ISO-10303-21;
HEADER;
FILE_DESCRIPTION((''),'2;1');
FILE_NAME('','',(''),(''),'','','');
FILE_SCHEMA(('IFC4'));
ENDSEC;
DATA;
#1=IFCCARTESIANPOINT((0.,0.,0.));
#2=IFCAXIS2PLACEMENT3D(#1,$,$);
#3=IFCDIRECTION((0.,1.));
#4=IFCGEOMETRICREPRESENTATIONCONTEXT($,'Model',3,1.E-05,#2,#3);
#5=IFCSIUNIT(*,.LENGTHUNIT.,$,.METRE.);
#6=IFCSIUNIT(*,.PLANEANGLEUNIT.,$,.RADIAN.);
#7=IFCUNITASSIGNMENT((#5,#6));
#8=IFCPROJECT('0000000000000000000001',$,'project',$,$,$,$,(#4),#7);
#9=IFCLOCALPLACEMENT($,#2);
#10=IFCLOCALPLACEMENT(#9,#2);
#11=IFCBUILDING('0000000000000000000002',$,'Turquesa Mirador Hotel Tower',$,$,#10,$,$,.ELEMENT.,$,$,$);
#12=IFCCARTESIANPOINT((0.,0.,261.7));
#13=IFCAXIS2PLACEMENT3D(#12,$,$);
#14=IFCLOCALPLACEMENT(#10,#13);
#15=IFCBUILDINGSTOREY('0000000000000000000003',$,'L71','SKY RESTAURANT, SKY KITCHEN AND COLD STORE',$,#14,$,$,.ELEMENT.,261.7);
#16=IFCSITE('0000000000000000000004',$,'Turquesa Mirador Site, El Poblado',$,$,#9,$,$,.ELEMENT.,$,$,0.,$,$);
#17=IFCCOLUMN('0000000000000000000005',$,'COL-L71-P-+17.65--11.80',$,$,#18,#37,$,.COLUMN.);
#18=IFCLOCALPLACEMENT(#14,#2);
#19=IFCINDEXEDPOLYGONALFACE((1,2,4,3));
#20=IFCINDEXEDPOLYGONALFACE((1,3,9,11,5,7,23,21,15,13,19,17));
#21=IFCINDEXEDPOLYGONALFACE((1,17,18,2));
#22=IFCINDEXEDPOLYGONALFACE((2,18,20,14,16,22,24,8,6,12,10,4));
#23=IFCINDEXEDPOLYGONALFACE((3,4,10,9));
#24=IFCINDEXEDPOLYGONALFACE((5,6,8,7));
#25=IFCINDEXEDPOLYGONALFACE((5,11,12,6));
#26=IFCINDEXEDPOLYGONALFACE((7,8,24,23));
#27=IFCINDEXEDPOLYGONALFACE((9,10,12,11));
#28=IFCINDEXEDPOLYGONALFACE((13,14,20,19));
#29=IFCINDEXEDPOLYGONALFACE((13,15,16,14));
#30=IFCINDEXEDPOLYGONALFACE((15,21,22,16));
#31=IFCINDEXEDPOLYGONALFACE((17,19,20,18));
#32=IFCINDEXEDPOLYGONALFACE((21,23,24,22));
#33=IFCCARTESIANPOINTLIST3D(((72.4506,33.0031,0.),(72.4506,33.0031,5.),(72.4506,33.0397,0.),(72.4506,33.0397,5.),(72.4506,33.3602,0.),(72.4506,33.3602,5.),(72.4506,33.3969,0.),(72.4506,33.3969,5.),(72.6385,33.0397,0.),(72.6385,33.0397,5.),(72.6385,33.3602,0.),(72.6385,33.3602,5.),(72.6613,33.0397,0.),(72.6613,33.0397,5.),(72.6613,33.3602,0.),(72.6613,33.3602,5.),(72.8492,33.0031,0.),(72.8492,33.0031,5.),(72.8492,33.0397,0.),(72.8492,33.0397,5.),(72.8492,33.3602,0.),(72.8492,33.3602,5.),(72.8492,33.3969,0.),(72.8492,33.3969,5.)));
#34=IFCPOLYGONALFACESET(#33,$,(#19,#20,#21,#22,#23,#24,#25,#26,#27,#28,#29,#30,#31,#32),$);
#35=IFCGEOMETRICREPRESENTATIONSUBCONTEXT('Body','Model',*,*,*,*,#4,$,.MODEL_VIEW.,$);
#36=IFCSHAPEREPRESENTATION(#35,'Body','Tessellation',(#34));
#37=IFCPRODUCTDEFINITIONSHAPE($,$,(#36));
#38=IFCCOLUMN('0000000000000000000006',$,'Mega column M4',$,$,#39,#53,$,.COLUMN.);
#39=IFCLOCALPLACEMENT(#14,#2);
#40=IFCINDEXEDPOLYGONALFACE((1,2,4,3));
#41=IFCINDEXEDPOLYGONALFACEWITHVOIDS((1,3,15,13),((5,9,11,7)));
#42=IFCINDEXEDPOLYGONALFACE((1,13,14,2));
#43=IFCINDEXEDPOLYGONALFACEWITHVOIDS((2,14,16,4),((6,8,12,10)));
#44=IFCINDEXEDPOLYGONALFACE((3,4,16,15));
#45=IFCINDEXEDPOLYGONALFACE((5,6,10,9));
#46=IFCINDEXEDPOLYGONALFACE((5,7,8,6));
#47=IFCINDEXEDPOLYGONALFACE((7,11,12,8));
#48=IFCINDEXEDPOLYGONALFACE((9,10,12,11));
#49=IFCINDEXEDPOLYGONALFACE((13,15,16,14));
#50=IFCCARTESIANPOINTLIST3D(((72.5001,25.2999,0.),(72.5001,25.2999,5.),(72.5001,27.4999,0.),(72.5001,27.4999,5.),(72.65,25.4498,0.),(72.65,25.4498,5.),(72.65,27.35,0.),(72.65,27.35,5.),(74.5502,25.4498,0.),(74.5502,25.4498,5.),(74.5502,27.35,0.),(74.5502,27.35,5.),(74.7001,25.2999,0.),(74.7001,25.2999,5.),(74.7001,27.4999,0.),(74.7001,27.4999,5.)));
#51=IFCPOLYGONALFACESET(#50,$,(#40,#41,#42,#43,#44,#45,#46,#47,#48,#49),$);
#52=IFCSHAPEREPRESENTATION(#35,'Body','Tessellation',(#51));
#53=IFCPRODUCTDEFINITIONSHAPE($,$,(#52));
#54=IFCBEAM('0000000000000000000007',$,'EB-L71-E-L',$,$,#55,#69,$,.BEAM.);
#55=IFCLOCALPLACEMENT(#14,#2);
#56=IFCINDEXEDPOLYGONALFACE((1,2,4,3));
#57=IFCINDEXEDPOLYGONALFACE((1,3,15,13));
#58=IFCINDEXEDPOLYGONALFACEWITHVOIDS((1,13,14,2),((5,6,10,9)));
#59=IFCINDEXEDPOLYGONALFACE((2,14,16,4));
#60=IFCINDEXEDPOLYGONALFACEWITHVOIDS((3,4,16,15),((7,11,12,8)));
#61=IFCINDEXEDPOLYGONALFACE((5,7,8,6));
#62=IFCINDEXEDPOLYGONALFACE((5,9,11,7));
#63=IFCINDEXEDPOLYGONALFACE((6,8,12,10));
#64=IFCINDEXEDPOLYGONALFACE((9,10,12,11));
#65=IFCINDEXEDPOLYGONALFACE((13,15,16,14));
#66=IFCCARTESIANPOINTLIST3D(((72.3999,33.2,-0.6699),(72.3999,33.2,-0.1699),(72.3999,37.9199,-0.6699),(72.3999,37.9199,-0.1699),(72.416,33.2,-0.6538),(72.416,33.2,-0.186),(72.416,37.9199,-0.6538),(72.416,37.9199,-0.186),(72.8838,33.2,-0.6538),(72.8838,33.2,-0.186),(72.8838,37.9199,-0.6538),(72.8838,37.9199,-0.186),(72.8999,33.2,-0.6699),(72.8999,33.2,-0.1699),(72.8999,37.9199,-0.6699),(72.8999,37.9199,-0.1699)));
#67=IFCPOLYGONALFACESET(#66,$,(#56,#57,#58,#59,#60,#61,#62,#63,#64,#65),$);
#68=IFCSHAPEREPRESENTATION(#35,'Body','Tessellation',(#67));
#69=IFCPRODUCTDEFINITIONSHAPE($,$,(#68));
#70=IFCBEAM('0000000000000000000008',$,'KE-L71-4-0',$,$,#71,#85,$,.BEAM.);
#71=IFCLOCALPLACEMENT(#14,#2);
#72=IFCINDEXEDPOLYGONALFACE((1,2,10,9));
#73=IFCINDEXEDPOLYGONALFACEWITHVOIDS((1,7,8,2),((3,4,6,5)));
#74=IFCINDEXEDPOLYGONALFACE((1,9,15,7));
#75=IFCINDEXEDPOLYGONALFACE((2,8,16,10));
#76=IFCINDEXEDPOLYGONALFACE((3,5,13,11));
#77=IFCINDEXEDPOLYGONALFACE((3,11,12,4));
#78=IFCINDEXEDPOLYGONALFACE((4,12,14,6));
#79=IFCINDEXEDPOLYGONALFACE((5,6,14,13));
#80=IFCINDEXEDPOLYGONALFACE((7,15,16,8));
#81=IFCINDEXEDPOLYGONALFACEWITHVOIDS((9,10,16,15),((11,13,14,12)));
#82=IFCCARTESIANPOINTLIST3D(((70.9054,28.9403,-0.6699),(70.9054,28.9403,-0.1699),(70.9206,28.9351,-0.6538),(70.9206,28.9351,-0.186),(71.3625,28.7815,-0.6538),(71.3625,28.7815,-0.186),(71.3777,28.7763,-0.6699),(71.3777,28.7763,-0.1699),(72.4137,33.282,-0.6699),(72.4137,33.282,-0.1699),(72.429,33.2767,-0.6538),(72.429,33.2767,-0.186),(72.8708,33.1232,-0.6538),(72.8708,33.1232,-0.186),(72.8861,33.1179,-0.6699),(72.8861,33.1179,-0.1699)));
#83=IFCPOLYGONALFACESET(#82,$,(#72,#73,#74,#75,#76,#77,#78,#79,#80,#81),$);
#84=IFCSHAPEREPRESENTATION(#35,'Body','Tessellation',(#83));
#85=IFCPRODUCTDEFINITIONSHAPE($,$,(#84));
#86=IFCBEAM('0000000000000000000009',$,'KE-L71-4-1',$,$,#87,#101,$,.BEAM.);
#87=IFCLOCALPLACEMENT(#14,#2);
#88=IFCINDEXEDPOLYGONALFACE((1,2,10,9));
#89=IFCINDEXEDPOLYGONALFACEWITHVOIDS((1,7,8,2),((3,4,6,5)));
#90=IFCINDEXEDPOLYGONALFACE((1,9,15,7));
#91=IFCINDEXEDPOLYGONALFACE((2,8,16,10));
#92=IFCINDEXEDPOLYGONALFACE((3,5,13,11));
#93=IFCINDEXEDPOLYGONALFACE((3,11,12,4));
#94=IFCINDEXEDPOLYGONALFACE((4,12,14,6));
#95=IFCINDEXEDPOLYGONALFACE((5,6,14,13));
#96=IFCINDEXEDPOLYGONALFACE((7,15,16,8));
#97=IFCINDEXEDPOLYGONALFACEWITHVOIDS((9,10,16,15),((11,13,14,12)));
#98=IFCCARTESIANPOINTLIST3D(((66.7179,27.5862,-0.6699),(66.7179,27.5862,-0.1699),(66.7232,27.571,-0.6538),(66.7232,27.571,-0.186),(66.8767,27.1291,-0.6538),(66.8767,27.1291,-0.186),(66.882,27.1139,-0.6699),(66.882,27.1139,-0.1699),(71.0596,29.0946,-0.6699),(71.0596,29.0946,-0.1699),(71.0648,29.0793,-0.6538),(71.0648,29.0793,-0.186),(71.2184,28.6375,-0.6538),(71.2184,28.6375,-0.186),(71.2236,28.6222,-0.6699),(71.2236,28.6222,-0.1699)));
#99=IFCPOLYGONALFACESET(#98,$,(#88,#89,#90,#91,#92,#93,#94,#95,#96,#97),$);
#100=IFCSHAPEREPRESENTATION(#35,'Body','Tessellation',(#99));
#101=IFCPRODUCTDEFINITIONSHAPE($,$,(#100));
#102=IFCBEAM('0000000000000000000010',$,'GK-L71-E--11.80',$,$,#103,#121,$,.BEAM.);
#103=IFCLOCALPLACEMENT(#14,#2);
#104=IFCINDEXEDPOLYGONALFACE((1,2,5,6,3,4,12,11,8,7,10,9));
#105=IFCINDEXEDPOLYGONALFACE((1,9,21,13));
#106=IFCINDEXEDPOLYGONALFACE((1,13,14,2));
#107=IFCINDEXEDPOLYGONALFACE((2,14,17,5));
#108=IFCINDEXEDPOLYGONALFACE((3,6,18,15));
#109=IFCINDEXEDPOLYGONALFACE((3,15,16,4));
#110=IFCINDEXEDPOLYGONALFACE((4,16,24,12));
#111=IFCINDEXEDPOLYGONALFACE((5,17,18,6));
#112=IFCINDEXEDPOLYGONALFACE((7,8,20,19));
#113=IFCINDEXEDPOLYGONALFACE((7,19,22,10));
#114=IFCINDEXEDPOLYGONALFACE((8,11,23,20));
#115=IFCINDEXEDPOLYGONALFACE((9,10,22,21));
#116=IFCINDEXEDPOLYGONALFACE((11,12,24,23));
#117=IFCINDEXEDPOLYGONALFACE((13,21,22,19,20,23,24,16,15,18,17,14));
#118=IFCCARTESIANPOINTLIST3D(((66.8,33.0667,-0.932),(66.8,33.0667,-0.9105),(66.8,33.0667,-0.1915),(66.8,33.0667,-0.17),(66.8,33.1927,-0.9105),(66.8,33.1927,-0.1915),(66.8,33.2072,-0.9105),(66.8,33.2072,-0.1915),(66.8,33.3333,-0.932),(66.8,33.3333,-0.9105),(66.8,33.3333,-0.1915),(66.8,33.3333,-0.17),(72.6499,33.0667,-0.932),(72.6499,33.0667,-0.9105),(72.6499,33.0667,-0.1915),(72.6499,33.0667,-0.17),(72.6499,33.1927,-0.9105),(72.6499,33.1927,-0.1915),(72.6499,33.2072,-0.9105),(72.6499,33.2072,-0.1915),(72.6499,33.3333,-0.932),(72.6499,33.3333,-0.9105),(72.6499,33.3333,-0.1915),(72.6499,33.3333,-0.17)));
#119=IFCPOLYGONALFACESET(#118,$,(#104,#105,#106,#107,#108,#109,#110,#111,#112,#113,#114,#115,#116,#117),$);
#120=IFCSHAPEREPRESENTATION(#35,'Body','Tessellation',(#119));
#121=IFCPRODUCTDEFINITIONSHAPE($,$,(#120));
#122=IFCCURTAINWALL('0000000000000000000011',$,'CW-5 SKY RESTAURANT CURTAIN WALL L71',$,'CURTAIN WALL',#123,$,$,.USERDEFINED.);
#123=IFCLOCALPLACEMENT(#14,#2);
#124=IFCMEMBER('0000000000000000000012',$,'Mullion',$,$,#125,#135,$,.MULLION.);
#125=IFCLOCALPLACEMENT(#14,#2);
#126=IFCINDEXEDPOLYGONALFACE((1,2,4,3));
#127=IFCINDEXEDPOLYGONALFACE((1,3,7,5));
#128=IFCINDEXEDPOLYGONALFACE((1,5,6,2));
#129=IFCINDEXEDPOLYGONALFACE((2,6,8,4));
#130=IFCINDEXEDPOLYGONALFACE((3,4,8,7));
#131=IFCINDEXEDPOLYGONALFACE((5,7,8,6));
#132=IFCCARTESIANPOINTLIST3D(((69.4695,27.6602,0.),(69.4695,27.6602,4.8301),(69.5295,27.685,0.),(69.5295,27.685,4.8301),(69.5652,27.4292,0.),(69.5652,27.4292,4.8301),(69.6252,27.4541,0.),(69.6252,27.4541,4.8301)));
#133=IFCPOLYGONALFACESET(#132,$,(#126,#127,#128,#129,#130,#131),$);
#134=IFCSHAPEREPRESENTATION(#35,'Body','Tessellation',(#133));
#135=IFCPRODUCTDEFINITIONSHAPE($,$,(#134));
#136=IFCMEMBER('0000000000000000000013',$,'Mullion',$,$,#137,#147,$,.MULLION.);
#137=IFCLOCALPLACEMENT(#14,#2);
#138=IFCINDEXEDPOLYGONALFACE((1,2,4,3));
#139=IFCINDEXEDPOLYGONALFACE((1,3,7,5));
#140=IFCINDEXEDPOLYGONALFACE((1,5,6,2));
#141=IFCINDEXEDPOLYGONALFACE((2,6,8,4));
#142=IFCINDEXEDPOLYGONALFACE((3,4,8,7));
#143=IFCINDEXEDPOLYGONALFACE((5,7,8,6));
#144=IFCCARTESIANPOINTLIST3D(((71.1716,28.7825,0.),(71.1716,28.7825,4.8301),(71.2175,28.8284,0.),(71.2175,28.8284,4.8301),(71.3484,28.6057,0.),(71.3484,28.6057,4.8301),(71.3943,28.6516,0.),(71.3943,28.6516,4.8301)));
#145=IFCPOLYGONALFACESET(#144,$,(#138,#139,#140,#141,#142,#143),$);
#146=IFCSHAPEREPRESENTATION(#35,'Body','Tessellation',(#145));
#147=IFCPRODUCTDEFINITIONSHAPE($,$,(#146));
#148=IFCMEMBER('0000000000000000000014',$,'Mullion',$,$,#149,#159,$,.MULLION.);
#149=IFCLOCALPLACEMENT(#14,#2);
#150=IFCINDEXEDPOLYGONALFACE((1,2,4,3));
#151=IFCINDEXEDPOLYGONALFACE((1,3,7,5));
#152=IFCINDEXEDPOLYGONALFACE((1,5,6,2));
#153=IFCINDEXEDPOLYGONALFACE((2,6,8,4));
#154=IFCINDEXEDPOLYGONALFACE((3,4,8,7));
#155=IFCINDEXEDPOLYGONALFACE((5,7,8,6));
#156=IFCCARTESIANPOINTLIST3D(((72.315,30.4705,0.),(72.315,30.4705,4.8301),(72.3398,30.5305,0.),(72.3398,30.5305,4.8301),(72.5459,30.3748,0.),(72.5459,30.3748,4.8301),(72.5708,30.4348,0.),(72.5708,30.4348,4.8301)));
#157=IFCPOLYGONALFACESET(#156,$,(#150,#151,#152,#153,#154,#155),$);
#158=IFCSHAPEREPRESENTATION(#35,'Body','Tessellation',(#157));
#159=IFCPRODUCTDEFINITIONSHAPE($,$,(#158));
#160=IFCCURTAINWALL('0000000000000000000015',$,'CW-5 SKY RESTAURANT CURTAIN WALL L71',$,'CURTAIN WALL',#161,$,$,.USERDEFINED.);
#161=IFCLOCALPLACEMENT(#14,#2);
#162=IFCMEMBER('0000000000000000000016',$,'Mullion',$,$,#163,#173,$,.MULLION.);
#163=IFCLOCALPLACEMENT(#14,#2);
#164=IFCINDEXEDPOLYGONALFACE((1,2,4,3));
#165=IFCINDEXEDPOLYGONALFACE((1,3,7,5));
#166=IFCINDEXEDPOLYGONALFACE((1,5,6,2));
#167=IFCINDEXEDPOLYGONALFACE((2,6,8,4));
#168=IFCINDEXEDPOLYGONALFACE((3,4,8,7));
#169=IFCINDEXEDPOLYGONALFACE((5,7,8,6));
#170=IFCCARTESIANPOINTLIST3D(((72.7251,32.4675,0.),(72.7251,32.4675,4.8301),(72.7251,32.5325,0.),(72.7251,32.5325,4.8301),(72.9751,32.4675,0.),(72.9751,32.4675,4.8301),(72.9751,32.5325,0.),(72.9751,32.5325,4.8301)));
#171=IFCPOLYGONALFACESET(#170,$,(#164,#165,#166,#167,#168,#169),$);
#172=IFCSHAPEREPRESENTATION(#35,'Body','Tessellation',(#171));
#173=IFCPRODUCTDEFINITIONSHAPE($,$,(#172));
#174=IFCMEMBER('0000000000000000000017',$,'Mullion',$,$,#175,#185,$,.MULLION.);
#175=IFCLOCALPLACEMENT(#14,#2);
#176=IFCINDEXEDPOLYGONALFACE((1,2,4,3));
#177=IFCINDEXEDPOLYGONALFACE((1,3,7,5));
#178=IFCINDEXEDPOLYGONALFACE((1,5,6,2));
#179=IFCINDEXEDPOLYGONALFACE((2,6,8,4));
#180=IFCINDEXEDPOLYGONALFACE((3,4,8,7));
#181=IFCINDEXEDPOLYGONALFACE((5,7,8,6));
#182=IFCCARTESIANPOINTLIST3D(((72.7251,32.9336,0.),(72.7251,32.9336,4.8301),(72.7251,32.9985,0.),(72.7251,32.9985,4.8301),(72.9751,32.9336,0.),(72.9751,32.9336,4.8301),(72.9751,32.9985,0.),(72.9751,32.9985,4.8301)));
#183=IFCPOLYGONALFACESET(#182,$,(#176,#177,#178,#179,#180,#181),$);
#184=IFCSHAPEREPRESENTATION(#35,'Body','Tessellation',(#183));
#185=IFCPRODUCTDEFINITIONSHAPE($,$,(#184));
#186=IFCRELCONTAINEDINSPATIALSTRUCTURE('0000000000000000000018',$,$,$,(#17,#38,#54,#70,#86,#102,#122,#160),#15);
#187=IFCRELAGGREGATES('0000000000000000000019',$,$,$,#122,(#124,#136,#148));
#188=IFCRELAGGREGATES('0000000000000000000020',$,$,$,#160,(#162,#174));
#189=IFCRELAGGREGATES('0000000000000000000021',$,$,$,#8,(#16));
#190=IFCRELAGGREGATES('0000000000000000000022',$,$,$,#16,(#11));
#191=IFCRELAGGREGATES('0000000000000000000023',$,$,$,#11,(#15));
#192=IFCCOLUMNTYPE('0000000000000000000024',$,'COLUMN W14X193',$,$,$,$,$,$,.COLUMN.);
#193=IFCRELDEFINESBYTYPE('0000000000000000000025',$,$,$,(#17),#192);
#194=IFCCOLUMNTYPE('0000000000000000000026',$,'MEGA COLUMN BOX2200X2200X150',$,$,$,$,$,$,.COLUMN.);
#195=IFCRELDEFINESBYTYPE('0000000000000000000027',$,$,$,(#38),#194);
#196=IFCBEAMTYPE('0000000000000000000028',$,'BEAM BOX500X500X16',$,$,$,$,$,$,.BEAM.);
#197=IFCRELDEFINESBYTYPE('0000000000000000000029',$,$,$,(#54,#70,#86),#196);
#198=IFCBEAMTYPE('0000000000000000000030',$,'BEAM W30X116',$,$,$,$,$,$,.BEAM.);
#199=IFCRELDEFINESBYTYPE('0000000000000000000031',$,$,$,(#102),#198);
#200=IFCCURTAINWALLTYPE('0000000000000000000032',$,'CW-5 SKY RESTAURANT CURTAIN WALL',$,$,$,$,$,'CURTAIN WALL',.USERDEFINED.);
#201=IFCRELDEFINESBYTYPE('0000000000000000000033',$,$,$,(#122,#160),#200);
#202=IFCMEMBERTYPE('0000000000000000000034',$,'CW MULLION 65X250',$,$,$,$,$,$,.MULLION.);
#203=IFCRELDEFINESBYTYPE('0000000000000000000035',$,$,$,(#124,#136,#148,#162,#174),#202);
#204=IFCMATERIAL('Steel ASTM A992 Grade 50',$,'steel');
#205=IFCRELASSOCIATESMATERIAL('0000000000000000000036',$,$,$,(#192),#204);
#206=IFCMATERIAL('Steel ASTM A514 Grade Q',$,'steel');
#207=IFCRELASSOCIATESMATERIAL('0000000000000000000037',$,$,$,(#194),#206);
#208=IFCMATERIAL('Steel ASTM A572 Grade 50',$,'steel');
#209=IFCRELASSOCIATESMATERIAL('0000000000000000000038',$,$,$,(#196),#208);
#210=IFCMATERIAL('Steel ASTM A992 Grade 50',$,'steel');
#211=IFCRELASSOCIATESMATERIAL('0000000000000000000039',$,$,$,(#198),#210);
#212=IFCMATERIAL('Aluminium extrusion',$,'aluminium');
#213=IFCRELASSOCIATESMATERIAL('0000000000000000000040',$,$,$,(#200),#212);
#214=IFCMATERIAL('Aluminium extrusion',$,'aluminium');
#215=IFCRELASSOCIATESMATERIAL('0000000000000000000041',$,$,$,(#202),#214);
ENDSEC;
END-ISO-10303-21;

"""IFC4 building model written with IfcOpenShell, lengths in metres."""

from ifc_helpers import new_model, si_unit, direction, frame, origin, origin_2d, place, context, subcontext, project, spatial, rectangle, hollow_rectangle, i_section, extrude, material, material_profile, profile_set, type_object, element, aggregate, save


model = new_model("IFC4")

# Units and contexts
model_context = context("Model", 3, precision=1e-05, world=origin(), true_north=direction((0.0, 1.0)))
body_context = subcontext(model_context, "Body", "Model", "MODEL_VIEW")
ifc_project = project(units=[si_unit("LENGTHUNIT", "METRE"), si_unit("PLANEANGLEUNIT", "RADIAN")], contexts=[model_context])

# Site, building, storey
site_placement = place(None, origin())
site = spatial("IfcSite", under=ifc_project, at=site_placement, Name="Turquesa Mirador Site, El Poblado", CompositionType="ELEMENT", RefElevation=0.0)
building_placement = place(site_placement, origin())
building = spatial("IfcBuilding", under=site, at=building_placement, Name="Turquesa Mirador Hotel Tower", CompositionType="ELEMENT")
storey_placement = place(building_placement, frame((0.0, 0.0, 261.7)))
storey = spatial("IfcBuildingStorey", under=building, at=storey_placement, Name="L71", Description="SKY RESTAURANT, SKY KITCHEN AND COLD STORE", CompositionType="ELEMENT", Elevation=261.7)

# Columns
ifc_material_1 = material(Name="Steel ASTM A992 Grade 50", Category="steel")
ifc_material_profile_1 = material_profile(ifc_material_1, i_section(OverallWidth=0.3987, OverallDepth=0.3938, WebThickness=0.0227, FlangeThickness=0.0366, at=origin_2d()), Name="W14X193")
ifc_profile_set_1 = profile_set([ifc_material_profile_1], Name="Steel ASTM A992 Grade 50")
column_type_1 = type_object("IfcColumnType", Name="COLUMN W14X193", PredefinedType="COLUMN", material=ifc_profile_set_1)
column_1_placement = place(storey_placement, frame((72.6499, 33.2, 0.0), z_axis=(0.0, 0.0, 1.0), x_axis=(1.0, 0.0, 0.0)))
element("IfcColumn", 1, at=column_1_placement, inside=storey, type_object=column_type_1, Name="COL-L71-P-+17.65--11.80", PredefinedType="COLUMN", context=body_context, shape_type="SweptSolid", body=[
    extrude(i_section(OverallWidth=0.3987, OverallDepth=0.3938, WebThickness=0.0227, FlangeThickness=0.0366, at=origin_2d()), origin(), (0.0, 0.0, 1.0), 5.0),
])
ifc_material_2 = material(Name="Steel ASTM A514 Grade Q", Category="steel")
ifc_material_profile_2 = material_profile(ifc_material_2, hollow_rectangle(XDim=2.2, YDim=2.2, WallThickness=0.1499, at=origin_2d()), Name="BOX2200X2200X150")
ifc_profile_set_2 = profile_set([ifc_material_profile_2], Name="Steel ASTM A514 Grade Q")
column_type_2 = type_object("IfcColumnType", Name="MEGA COLUMN BOX2200X2200X150", PredefinedType="COLUMN", material=ifc_profile_set_2)
column_2_placement = place(storey_placement, frame((73.6001, 26.3999, 0.0), z_axis=(0.0, 0.0, 1.0), x_axis=(1.0, 0.0, 0.0)))
element("IfcColumn", 2, at=column_2_placement, inside=storey, type_object=column_type_2, Name="Mega column M4", PredefinedType="COLUMN", context=body_context, shape_type="SweptSolid", body=[
    extrude(hollow_rectangle(XDim=2.2, YDim=2.2, WallThickness=0.1499, at=origin_2d()), origin(), (0.0, 0.0, 1.0), 5.0),
])

# Beams
ifc_material_3 = material(Name="Steel ASTM A572 Grade 50", Category="steel")
ifc_material_profile_3 = material_profile(ifc_material_3, hollow_rectangle(XDim=0.5, YDim=0.5, WallThickness=0.0161, at=origin_2d()), Name="BOX500X500X16")
ifc_profile_set_3 = profile_set([ifc_material_profile_3], Name="Steel ASTM A572 Grade 50")
beam_type_1 = type_object("IfcBeamType", Name="BEAM BOX500X500X16", PredefinedType="BEAM", material=ifc_profile_set_3)
beam_1_placement = place(storey_placement, frame((72.6499, 33.2, -0.4199), z_axis=(0.0, 1.0, 0.0), x_axis=(-1.0, 0.0, 0.0)))
element("IfcBeam", 3, at=beam_1_placement, inside=storey, type_object=beam_type_1, Name="EB-L71-E-L", PredefinedType="BEAM", context=body_context, shape_type="SweptSolid", body=[
    extrude(hollow_rectangle(XDim=0.5, YDim=0.5, WallThickness=0.0161, at=origin_2d()), origin(), (0.0, 0.0, 1.0), 4.72),
])
for number, where, z_axis, x_axis, name in (
    (4, (72.6499, 33.2, -0.4199), (-0.32817, -0.944619, 0.0), (0.944619, -0.32817, 0.0), "KE-L71-4-0"),
    (5, (71.1416, 28.8584, -0.4199), (-0.944619, -0.32817, 0.0), (0.32817, -0.944619, 0.0), "KE-L71-4-1"),
):
    element("IfcBeam", number, at=place(storey_placement, frame(where, z_axis=z_axis, x_axis=x_axis)), inside=storey, type_object=beam_type_1, Name=name, PredefinedType="BEAM", context=body_context, shape_type="SweptSolid", body=[
        extrude(hollow_rectangle(XDim=0.5, YDim=0.5, WallThickness=0.0161, at=origin_2d()), origin(), (0.0, 0.0, 1.0), 4.5962),
    ])
ifc_material_4 = material(Name="Steel ASTM A992 Grade 50", Category="steel")
ifc_material_profile_4 = material_profile(ifc_material_4, i_section(OverallWidth=0.2666, OverallDepth=0.762, WebThickness=0.0144, FlangeThickness=0.0215, at=origin_2d()), Name="W30X116")
ifc_profile_set_4 = profile_set([ifc_material_profile_4], Name="Steel ASTM A992 Grade 50")
beam_type_2 = type_object("IfcBeamType", Name="BEAM W30X116", PredefinedType="BEAM", material=ifc_profile_set_4)
beam_2_placement = place(storey_placement, frame((72.6499, 33.2, -0.551), z_axis=(-1.0, 0.0, 0.0), x_axis=(0.0, -1.0, 0.0)))
element("IfcBeam", 6, at=beam_2_placement, inside=storey, type_object=beam_type_2, Name="GK-L71-E--11.80", PredefinedType="BEAM", context=body_context, shape_type="SweptSolid", body=[
    extrude(i_section(OverallWidth=0.2666, OverallDepth=0.762, WebThickness=0.0144, FlangeThickness=0.0215, at=origin_2d()), origin(), (0.0, 0.0, 1.0), 5.8499),
])

# Curtain walls, members
ifc_material_5 = material(Name="Aluminium extrusion", Category="aluminium")
curtain_wall_type = type_object("IfcCurtainWallType", Name="CW-5 SKY RESTAURANT CURTAIN WALL", ElementType="CURTAIN WALL", PredefinedType="USERDEFINED", material=ifc_material_5)
curtain_wall_1_placement = place(storey_placement, origin())
curtain_wall_1 = element("IfcCurtainWall", 7, at=curtain_wall_1_placement, inside=storey, type_object=curtain_wall_type, Name="CW-5 SKY RESTAURANT CURTAIN WALL L71", ObjectType="CURTAIN WALL", PredefinedType="USERDEFINED")
ifc_material_6 = material(Name="Aluminium extrusion", Category="aluminium")
ifc_material_profile_5 = material_profile(ifc_material_6, rectangle(XDim=0.0649, YDim=0.25, at=origin_2d()), Name="MULLION 65X250")
ifc_profile_set_5 = profile_set([ifc_material_profile_5], Name="Aluminium extrusion")
member_type_1 = type_object("IfcMemberType", Name="CW MULLION 65X250", PredefinedType="MULLION", material=ifc_profile_set_5)
member_1_placement = place(storey_placement, frame((69.5474, 27.5571, 0.0), z_axis=(0.0, 0.0, 1.0), x_axis=(0.92388, 0.382683, 0.0)))
member_1 = element("IfcMember", 8, at=member_1_placement, type_object=member_type_1, Name="Mullion", PredefinedType="MULLION", context=body_context, shape_type="SweptSolid", body=[
    extrude(rectangle(XDim=0.0649, YDim=0.25, at=origin_2d()), origin(), (0.0, 0.0, 1.0), 4.8301),
])
member_2_placement = place(storey_placement, frame((71.283, 28.717, 0.0), z_axis=(0.0, 0.0, 1.0), x_axis=(0.707107, 0.707107, 0.0)))
member_2 = element("IfcMember", 9, at=member_2_placement, type_object=member_type_1, Name="Mullion", PredefinedType="MULLION", context=body_context, shape_type="SweptSolid", body=[
    extrude(rectangle(XDim=0.0649, YDim=0.25, at=origin_2d()), origin(), (0.0, 0.0, 1.0), 4.8301),
])
member_3_placement = place(storey_placement, frame((72.4429, 30.4526, 0.0), z_axis=(0.0, 0.0, 1.0), x_axis=(0.382683, 0.92388, 0.0)))
member_3 = element("IfcMember", 10, at=member_3_placement, type_object=member_type_1, Name="Mullion", PredefinedType="MULLION", context=body_context, shape_type="SweptSolid", body=[
    extrude(rectangle(XDim=0.0649, YDim=0.25, at=origin_2d()), origin(), (0.0, 0.0, 1.0), 4.8301),
])
curtain_wall_2_placement = place(storey_placement, origin())
curtain_wall_2 = element("IfcCurtainWall", 11, at=curtain_wall_2_placement, inside=storey, type_object=curtain_wall_type, Name="CW-5 SKY RESTAURANT CURTAIN WALL L71", ObjectType="CURTAIN WALL", PredefinedType="USERDEFINED")
member_4_placement = place(storey_placement, frame((72.8501, 32.5, 0.0), z_axis=(0.0, 0.0, 1.0), x_axis=(0.0, 1.0, 0.0)))
member_4 = element("IfcMember", 12, at=member_4_placement, type_object=member_type_1, Name="Mullion", PredefinedType="MULLION", context=body_context, shape_type="SweptSolid", body=[
    extrude(rectangle(XDim=0.0649, YDim=0.25, at=origin_2d()), origin(), (0.0, 0.0, 1.0), 4.8301),
])
member_5_placement = place(storey_placement, frame((72.8501, 32.9661, 0.0), z_axis=(0.0, 0.0, 1.0), x_axis=(0.0, 1.0, 0.0)))
member_5 = element("IfcMember", 13, at=member_5_placement, type_object=member_type_1, Name="Mullion", PredefinedType="MULLION", context=body_context, shape_type="SweptSolid", body=[
    extrude(rectangle(XDim=0.0649, YDim=0.25, at=origin_2d()), origin(), (0.0, 0.0, 1.0), 4.8301),
])

aggregate(curtain_wall_1, [member_1, member_2, member_3])
aggregate(curtain_wall_2, [member_4, member_5])

save(model, "model.ifc")
